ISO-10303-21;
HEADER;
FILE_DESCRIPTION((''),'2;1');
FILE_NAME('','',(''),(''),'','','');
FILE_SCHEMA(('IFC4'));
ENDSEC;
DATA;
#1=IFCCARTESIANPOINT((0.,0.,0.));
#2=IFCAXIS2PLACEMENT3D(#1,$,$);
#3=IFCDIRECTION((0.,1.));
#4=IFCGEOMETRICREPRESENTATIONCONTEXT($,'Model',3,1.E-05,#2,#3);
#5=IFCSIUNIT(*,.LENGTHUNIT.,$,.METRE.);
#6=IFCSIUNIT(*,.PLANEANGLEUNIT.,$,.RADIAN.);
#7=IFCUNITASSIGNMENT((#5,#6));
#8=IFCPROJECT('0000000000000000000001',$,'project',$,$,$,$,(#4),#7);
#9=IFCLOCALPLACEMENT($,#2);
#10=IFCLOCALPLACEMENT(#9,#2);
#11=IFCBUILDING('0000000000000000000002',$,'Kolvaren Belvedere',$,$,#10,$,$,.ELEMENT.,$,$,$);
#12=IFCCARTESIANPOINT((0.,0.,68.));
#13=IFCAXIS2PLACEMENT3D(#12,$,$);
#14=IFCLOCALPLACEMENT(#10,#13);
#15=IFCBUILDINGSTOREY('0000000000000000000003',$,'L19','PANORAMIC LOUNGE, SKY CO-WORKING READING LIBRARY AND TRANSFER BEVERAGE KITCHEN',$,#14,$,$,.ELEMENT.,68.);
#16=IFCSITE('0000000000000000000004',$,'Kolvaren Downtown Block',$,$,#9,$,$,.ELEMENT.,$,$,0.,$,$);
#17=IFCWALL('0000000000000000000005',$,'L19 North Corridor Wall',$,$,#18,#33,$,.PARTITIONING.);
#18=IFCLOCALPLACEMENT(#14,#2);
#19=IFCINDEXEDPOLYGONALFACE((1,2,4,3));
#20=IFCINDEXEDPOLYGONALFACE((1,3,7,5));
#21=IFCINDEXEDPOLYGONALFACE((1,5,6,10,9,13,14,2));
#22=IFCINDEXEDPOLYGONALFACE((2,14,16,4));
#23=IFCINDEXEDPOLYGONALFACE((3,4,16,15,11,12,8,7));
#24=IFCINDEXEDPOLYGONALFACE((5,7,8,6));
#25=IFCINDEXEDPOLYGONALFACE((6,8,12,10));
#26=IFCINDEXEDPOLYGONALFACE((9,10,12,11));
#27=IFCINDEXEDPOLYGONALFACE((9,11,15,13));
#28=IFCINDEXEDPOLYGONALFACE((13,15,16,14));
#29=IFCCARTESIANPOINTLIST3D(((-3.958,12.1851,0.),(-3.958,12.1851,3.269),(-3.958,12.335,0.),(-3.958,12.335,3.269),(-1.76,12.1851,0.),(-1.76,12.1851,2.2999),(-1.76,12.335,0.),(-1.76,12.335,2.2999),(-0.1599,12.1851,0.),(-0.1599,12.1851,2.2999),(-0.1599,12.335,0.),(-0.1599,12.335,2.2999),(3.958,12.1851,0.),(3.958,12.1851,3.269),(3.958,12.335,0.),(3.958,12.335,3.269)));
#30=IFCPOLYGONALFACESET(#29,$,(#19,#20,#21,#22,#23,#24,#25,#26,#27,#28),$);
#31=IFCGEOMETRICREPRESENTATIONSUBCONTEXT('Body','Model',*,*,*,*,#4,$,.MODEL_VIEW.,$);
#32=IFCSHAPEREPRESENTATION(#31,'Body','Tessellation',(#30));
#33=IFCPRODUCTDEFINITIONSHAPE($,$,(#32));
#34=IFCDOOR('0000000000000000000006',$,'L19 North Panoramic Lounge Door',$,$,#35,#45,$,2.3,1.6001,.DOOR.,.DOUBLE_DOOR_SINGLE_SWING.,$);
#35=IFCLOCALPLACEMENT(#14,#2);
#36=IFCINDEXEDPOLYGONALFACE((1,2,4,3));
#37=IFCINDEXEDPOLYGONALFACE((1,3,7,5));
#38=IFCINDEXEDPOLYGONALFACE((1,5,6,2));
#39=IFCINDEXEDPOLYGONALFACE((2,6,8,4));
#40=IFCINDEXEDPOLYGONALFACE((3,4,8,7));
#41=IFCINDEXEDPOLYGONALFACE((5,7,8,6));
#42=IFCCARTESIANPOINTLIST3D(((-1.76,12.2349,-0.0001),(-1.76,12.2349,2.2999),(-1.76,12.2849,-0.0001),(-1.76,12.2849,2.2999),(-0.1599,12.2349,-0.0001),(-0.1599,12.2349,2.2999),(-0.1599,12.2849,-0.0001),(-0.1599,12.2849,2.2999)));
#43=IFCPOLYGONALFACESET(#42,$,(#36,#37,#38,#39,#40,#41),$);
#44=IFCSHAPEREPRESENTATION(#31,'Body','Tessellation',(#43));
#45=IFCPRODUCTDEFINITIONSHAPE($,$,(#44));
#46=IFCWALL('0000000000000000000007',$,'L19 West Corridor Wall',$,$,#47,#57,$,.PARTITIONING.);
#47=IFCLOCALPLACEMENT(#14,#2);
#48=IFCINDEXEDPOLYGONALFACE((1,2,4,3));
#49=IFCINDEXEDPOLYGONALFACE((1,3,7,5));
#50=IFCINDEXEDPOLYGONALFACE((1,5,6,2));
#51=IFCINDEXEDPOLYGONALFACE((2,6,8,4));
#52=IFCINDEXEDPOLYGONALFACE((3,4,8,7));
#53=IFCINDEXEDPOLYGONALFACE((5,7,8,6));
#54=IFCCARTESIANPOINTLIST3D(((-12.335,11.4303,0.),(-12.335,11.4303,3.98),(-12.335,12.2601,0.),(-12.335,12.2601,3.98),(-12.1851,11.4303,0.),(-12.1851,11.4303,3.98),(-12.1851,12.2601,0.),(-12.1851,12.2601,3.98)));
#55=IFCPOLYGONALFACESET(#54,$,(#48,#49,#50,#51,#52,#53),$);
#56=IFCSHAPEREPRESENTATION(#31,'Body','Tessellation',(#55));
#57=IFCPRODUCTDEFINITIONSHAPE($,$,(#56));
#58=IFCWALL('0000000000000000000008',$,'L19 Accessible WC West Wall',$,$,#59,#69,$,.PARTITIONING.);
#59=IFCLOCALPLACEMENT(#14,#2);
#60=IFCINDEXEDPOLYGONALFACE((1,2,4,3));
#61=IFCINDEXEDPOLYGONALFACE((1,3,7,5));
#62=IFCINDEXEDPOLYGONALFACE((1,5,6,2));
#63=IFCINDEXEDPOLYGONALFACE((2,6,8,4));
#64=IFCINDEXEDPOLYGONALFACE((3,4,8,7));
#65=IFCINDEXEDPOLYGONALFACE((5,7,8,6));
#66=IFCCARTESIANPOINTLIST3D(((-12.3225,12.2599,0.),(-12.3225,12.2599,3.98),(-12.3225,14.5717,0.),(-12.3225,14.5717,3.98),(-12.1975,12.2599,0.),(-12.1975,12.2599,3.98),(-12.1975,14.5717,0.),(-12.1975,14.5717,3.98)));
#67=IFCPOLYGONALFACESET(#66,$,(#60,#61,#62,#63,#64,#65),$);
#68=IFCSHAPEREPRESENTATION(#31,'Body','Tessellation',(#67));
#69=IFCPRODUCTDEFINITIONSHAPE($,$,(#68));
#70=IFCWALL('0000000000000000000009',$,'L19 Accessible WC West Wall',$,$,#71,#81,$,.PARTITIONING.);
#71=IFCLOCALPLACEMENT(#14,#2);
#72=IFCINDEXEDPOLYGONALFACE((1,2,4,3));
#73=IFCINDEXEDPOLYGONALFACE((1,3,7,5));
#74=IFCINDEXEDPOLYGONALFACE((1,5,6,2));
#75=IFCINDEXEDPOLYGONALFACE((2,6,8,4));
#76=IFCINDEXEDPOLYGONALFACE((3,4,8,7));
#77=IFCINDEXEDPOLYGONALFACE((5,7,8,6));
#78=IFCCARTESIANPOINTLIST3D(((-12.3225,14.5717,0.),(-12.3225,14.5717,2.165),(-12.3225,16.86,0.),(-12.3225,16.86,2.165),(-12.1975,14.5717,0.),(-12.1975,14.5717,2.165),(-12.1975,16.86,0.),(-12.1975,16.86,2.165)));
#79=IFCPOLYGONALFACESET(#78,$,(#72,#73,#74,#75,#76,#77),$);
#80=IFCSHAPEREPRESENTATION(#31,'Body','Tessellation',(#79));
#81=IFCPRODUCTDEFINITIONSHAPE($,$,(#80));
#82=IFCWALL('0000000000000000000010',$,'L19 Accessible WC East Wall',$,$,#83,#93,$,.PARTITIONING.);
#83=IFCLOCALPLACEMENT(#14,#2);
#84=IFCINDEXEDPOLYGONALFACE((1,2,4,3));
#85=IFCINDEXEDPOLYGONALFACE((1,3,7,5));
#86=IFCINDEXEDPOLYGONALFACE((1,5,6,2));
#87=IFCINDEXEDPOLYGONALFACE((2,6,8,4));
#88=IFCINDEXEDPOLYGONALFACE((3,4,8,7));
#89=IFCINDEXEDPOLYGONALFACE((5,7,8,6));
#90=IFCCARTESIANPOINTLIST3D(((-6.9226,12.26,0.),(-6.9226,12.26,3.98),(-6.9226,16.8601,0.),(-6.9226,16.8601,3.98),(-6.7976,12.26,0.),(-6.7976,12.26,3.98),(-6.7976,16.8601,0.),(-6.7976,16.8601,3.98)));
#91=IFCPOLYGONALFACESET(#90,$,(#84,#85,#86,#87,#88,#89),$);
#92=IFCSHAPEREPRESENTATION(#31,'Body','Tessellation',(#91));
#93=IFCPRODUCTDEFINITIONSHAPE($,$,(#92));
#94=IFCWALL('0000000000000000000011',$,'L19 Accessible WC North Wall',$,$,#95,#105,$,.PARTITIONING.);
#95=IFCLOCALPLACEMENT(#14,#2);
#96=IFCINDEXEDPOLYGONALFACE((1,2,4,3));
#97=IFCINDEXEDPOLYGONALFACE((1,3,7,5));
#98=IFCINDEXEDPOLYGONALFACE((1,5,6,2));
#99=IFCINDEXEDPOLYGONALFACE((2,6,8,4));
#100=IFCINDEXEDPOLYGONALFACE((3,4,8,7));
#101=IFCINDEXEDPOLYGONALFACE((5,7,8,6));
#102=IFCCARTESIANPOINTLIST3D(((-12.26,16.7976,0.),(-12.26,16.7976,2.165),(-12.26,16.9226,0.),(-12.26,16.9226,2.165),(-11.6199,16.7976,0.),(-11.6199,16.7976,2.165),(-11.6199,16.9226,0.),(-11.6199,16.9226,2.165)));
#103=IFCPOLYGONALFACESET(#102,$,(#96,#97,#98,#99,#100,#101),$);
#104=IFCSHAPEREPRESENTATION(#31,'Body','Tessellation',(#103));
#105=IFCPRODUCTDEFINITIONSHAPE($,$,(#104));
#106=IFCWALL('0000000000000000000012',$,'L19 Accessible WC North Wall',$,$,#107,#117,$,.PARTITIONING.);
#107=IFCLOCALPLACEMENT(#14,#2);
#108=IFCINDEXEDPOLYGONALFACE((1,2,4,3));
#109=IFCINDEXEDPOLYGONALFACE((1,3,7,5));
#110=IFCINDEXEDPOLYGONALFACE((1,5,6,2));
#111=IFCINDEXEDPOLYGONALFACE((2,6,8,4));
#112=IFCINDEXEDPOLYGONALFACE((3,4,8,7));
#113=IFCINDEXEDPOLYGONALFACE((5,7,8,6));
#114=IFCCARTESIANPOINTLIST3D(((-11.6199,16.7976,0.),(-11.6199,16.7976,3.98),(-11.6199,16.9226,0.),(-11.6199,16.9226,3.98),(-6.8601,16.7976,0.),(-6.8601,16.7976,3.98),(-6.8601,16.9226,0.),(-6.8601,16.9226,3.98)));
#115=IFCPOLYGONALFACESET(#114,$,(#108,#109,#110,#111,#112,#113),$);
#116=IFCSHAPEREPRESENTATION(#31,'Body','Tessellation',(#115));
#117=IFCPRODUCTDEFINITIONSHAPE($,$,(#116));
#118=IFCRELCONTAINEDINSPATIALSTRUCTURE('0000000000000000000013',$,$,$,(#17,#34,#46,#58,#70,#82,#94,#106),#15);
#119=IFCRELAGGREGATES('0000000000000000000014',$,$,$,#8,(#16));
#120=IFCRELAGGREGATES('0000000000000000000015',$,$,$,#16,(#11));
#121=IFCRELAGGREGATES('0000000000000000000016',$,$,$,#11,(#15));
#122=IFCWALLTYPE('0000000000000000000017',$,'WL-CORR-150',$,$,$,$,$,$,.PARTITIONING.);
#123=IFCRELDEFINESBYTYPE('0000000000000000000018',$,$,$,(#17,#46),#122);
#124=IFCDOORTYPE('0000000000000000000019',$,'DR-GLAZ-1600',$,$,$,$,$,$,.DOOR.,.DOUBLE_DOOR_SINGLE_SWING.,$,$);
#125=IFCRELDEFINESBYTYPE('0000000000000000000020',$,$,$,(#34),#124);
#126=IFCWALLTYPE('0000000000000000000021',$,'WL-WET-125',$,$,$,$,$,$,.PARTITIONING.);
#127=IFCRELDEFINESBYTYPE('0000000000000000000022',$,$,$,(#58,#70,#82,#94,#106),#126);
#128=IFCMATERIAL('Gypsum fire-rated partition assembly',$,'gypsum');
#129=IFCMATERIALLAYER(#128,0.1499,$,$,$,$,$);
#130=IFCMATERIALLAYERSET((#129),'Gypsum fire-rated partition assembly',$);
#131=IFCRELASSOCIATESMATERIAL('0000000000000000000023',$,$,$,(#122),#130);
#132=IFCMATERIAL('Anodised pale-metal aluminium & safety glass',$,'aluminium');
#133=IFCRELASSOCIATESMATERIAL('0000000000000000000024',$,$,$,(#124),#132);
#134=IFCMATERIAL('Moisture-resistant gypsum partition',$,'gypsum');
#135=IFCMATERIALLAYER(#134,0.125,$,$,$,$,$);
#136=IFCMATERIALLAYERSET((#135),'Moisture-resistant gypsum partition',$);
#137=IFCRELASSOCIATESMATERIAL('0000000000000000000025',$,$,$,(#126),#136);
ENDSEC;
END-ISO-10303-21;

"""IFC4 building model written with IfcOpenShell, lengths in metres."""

from ifc_helpers import new_model, si_unit, direction, frame, frame_2d, origin, place, context, subcontext, project, spatial, rectangle, extrude, material, layer, layer_set, type_object, element, fill, save


model = new_model("IFC4")

# Units and contexts
model_context = context("Model", 3, precision=1e-05, world=origin(), true_north=direction((0.0, 1.0)))
body_context = subcontext(model_context, "Body", "Model", "MODEL_VIEW")
ifc_project = project(units=[si_unit("LENGTHUNIT", "METRE"), si_unit("PLANEANGLEUNIT", "RADIAN")], contexts=[model_context])

# Site, building, storey
site_placement = place(None, origin())
site = spatial("IfcSite", under=ifc_project, at=site_placement, Name="Kolvaren Downtown Block", CompositionType="ELEMENT", RefElevation=0.0)
building_placement = place(site_placement, origin())
building = spatial("IfcBuilding", under=site, at=building_placement, Name="Kolvaren Belvedere", CompositionType="ELEMENT")
storey_placement = place(building_placement, frame((0.0, 0.0, 68.0)))
storey = spatial("IfcBuildingStorey", under=building, at=storey_placement, Name="L19", Description="PANORAMIC LOUNGE, SKY CO-WORKING READING LIBRARY AND TRANSFER BEVERAGE KITCHEN", CompositionType="ELEMENT", Elevation=68.0)

# Shared definitions
ifc_material_1 = material(Name="Gypsum fire-rated partition assembly", Category="gypsum")
ifc_layer_1 = layer(ifc_material_1, 0.1499)
ifc_layer_set_1 = layer_set([ifc_layer_1], Name="Gypsum fire-rated partition assembly")
wall_type_1 = type_object("IfcWallType", Name="WL-CORR-150", PredefinedType="PARTITIONING", material=ifc_layer_set_1)

# Wall, opening, door
wall_1_placement = place(storey_placement, frame((-3.958, 12.26, 0.0), z_axis=(0.0, 0.0, 1.0), x_axis=(1.0, 0.0, 0.0)))
wall_1 = element("IfcWall", 1, at=wall_1_placement, inside=storey, type_object=wall_type_1, Name="L19 North Corridor Wall", PredefinedType="PARTITIONING", context=body_context, shape_type="SweptSolid", body=[
    extrude(rectangle(XDim=7.916, YDim=0.1499, at=frame_2d((3.958, 0.0))), origin(), (0.0, 0.0, 1.0), 3.269),
])
opening_1_placement = place(wall_1_placement, frame((2.198, 0.0, 0.0)))
opening_1 = element("IfcOpeningElement", 2, at=opening_1_placement, cuts=wall_1, PredefinedType="OPENING", context=body_context, shape_type="SweptSolid", body=[
    extrude(rectangle(XDim=1.6001, YDim=2.3, at=frame_2d((0.8, 1.1499))), frame((0.0, 0.085, 0.0), z_axis=(0.0, -1.0, 0.0), x_axis=(1.0, 0.0, 0.0)), (0.0, 0.0, 1.0), 0.1699),
])
ifc_material_2 = material(Name="Anodised pale-metal aluminium & safety glass", Category="aluminium")
door_type_1 = type_object("IfcDoorType", Name="DR-GLAZ-1600", OperationType="DOUBLE_DOOR_SINGLE_SWING", PredefinedType="DOOR", material=ifc_material_2)
door_1_placement = place(opening_1_placement, origin())
door_1 = element("IfcDoor", 3, at=door_1_placement, inside=storey, type_object=door_type_1, Name="L19 North Panoramic Lounge Door", OperationType="DOUBLE_DOOR_SINGLE_SWING", OverallHeight=2.3, OverallWidth=1.6001, PredefinedType="DOOR", context=body_context, shape_type="SweptSolid", body=[
    extrude(rectangle(XDim=1.6001, YDim=2.3, at=frame_2d((0.8, 1.1499))), frame((0.0, 0.0249, 0.0), z_axis=(0.0, -1.0, 0.0), x_axis=(1.0, 0.0, 0.0)), (0.0, 0.0, 1.0), 0.05),
])
fill(opening_1, door_1)

# Walls
wall_2_placement = place(storey_placement, frame((-12.26, 11.4302, 0.0), z_axis=(0.0, 0.0, 1.0), x_axis=(0.0, 1.0, 0.0)))
element("IfcWall", 4, at=wall_2_placement, inside=storey, type_object=wall_type_1, Name="L19 West Corridor Wall", PredefinedType="PARTITIONING", context=body_context, shape_type="SweptSolid", body=[
    extrude(rectangle(XDim=0.8298, YDim=0.1499, at=frame_2d((0.415, 0.0))), origin(), (0.0, 0.0, 1.0), 3.98),
])
ifc_material_3 = material(Name="Moisture-resistant gypsum partition", Category="gypsum")
ifc_layer_2 = layer(ifc_material_3, 0.125)
ifc_layer_set_2 = layer_set([ifc_layer_2], Name="Moisture-resistant gypsum partition")
wall_type_2 = type_object("IfcWallType", Name="WL-WET-125", PredefinedType="PARTITIONING", material=ifc_layer_set_2)
wall_3_placement = place(storey_placement, frame((-12.26, 12.26, 0.0), z_axis=(0.0, 0.0, 1.0), x_axis=(0.0, 1.0, 0.0)))
element("IfcWall", 5, at=wall_3_placement, inside=storey, type_object=wall_type_2, Name="L19 Accessible WC West Wall", PredefinedType="PARTITIONING", context=body_context, shape_type="SweptSolid", body=[
    extrude(rectangle(XDim=2.3118, YDim=0.125, at=frame_2d((1.1558, 0.0))), origin(), (0.0, 0.0, 1.0), 3.98),
])
wall_4_placement = place(storey_placement, frame((-12.26, 14.5718, 0.0), z_axis=(0.0, 0.0, 1.0), x_axis=(0.0, 1.0, 0.0)))
element("IfcWall", 6, at=wall_4_placement, inside=storey, type_object=wall_type_2, Name="L19 Accessible WC West Wall", PredefinedType="PARTITIONING", context=body_context, shape_type="SweptSolid", body=[
    extrude(rectangle(XDim=2.2883, YDim=0.125, at=frame_2d((1.144, 0.0))), origin(), (0.0, 0.0, 1.0), 2.165),
])
wall_5_placement = place(storey_placement, frame((-6.8601, 12.26, 0.0), z_axis=(0.0, 0.0, 1.0), x_axis=(0.0, 1.0, 0.0)))
element("IfcWall", 7, at=wall_5_placement, inside=storey, type_object=wall_type_2, Name="L19 Accessible WC East Wall", PredefinedType="PARTITIONING", context=body_context, shape_type="SweptSolid", body=[
    extrude(rectangle(XDim=4.6001, YDim=0.125, at=frame_2d((2.3, 0.0))), origin(), (0.0, 0.0, 1.0), 3.98),
])
wall_6_placement = place(storey_placement, frame((-12.26, 16.8601, 0.0), z_axis=(0.0, 0.0, 1.0), x_axis=(1.0, 0.0, 0.0)))
element("IfcWall", 8, at=wall_6_placement, inside=storey, type_object=wall_type_2, Name="L19 Accessible WC North Wall", PredefinedType="PARTITIONING", context=body_context, shape_type="SweptSolid", body=[
    extrude(rectangle(XDim=0.6401, YDim=0.125, at=frame_2d((0.3201, 0.0))), origin(), (0.0, 0.0, 1.0), 2.165),
])
wall_7_placement = place(storey_placement, frame((-11.6199, 16.8601, 0.0), z_axis=(0.0, 0.0, 1.0), x_axis=(1.0, 0.0, 0.0)))
element("IfcWall", 9, at=wall_7_placement, inside=storey, type_object=wall_type_2, Name="L19 Accessible WC North Wall", PredefinedType="PARTITIONING", context=body_context, shape_type="SweptSolid", body=[
    extrude(rectangle(XDim=4.7598, YDim=0.125, at=frame_2d((2.3799, 0.0))), origin(), (0.0, 0.0, 1.0), 3.98),
])

save(model, "model.ifc")
